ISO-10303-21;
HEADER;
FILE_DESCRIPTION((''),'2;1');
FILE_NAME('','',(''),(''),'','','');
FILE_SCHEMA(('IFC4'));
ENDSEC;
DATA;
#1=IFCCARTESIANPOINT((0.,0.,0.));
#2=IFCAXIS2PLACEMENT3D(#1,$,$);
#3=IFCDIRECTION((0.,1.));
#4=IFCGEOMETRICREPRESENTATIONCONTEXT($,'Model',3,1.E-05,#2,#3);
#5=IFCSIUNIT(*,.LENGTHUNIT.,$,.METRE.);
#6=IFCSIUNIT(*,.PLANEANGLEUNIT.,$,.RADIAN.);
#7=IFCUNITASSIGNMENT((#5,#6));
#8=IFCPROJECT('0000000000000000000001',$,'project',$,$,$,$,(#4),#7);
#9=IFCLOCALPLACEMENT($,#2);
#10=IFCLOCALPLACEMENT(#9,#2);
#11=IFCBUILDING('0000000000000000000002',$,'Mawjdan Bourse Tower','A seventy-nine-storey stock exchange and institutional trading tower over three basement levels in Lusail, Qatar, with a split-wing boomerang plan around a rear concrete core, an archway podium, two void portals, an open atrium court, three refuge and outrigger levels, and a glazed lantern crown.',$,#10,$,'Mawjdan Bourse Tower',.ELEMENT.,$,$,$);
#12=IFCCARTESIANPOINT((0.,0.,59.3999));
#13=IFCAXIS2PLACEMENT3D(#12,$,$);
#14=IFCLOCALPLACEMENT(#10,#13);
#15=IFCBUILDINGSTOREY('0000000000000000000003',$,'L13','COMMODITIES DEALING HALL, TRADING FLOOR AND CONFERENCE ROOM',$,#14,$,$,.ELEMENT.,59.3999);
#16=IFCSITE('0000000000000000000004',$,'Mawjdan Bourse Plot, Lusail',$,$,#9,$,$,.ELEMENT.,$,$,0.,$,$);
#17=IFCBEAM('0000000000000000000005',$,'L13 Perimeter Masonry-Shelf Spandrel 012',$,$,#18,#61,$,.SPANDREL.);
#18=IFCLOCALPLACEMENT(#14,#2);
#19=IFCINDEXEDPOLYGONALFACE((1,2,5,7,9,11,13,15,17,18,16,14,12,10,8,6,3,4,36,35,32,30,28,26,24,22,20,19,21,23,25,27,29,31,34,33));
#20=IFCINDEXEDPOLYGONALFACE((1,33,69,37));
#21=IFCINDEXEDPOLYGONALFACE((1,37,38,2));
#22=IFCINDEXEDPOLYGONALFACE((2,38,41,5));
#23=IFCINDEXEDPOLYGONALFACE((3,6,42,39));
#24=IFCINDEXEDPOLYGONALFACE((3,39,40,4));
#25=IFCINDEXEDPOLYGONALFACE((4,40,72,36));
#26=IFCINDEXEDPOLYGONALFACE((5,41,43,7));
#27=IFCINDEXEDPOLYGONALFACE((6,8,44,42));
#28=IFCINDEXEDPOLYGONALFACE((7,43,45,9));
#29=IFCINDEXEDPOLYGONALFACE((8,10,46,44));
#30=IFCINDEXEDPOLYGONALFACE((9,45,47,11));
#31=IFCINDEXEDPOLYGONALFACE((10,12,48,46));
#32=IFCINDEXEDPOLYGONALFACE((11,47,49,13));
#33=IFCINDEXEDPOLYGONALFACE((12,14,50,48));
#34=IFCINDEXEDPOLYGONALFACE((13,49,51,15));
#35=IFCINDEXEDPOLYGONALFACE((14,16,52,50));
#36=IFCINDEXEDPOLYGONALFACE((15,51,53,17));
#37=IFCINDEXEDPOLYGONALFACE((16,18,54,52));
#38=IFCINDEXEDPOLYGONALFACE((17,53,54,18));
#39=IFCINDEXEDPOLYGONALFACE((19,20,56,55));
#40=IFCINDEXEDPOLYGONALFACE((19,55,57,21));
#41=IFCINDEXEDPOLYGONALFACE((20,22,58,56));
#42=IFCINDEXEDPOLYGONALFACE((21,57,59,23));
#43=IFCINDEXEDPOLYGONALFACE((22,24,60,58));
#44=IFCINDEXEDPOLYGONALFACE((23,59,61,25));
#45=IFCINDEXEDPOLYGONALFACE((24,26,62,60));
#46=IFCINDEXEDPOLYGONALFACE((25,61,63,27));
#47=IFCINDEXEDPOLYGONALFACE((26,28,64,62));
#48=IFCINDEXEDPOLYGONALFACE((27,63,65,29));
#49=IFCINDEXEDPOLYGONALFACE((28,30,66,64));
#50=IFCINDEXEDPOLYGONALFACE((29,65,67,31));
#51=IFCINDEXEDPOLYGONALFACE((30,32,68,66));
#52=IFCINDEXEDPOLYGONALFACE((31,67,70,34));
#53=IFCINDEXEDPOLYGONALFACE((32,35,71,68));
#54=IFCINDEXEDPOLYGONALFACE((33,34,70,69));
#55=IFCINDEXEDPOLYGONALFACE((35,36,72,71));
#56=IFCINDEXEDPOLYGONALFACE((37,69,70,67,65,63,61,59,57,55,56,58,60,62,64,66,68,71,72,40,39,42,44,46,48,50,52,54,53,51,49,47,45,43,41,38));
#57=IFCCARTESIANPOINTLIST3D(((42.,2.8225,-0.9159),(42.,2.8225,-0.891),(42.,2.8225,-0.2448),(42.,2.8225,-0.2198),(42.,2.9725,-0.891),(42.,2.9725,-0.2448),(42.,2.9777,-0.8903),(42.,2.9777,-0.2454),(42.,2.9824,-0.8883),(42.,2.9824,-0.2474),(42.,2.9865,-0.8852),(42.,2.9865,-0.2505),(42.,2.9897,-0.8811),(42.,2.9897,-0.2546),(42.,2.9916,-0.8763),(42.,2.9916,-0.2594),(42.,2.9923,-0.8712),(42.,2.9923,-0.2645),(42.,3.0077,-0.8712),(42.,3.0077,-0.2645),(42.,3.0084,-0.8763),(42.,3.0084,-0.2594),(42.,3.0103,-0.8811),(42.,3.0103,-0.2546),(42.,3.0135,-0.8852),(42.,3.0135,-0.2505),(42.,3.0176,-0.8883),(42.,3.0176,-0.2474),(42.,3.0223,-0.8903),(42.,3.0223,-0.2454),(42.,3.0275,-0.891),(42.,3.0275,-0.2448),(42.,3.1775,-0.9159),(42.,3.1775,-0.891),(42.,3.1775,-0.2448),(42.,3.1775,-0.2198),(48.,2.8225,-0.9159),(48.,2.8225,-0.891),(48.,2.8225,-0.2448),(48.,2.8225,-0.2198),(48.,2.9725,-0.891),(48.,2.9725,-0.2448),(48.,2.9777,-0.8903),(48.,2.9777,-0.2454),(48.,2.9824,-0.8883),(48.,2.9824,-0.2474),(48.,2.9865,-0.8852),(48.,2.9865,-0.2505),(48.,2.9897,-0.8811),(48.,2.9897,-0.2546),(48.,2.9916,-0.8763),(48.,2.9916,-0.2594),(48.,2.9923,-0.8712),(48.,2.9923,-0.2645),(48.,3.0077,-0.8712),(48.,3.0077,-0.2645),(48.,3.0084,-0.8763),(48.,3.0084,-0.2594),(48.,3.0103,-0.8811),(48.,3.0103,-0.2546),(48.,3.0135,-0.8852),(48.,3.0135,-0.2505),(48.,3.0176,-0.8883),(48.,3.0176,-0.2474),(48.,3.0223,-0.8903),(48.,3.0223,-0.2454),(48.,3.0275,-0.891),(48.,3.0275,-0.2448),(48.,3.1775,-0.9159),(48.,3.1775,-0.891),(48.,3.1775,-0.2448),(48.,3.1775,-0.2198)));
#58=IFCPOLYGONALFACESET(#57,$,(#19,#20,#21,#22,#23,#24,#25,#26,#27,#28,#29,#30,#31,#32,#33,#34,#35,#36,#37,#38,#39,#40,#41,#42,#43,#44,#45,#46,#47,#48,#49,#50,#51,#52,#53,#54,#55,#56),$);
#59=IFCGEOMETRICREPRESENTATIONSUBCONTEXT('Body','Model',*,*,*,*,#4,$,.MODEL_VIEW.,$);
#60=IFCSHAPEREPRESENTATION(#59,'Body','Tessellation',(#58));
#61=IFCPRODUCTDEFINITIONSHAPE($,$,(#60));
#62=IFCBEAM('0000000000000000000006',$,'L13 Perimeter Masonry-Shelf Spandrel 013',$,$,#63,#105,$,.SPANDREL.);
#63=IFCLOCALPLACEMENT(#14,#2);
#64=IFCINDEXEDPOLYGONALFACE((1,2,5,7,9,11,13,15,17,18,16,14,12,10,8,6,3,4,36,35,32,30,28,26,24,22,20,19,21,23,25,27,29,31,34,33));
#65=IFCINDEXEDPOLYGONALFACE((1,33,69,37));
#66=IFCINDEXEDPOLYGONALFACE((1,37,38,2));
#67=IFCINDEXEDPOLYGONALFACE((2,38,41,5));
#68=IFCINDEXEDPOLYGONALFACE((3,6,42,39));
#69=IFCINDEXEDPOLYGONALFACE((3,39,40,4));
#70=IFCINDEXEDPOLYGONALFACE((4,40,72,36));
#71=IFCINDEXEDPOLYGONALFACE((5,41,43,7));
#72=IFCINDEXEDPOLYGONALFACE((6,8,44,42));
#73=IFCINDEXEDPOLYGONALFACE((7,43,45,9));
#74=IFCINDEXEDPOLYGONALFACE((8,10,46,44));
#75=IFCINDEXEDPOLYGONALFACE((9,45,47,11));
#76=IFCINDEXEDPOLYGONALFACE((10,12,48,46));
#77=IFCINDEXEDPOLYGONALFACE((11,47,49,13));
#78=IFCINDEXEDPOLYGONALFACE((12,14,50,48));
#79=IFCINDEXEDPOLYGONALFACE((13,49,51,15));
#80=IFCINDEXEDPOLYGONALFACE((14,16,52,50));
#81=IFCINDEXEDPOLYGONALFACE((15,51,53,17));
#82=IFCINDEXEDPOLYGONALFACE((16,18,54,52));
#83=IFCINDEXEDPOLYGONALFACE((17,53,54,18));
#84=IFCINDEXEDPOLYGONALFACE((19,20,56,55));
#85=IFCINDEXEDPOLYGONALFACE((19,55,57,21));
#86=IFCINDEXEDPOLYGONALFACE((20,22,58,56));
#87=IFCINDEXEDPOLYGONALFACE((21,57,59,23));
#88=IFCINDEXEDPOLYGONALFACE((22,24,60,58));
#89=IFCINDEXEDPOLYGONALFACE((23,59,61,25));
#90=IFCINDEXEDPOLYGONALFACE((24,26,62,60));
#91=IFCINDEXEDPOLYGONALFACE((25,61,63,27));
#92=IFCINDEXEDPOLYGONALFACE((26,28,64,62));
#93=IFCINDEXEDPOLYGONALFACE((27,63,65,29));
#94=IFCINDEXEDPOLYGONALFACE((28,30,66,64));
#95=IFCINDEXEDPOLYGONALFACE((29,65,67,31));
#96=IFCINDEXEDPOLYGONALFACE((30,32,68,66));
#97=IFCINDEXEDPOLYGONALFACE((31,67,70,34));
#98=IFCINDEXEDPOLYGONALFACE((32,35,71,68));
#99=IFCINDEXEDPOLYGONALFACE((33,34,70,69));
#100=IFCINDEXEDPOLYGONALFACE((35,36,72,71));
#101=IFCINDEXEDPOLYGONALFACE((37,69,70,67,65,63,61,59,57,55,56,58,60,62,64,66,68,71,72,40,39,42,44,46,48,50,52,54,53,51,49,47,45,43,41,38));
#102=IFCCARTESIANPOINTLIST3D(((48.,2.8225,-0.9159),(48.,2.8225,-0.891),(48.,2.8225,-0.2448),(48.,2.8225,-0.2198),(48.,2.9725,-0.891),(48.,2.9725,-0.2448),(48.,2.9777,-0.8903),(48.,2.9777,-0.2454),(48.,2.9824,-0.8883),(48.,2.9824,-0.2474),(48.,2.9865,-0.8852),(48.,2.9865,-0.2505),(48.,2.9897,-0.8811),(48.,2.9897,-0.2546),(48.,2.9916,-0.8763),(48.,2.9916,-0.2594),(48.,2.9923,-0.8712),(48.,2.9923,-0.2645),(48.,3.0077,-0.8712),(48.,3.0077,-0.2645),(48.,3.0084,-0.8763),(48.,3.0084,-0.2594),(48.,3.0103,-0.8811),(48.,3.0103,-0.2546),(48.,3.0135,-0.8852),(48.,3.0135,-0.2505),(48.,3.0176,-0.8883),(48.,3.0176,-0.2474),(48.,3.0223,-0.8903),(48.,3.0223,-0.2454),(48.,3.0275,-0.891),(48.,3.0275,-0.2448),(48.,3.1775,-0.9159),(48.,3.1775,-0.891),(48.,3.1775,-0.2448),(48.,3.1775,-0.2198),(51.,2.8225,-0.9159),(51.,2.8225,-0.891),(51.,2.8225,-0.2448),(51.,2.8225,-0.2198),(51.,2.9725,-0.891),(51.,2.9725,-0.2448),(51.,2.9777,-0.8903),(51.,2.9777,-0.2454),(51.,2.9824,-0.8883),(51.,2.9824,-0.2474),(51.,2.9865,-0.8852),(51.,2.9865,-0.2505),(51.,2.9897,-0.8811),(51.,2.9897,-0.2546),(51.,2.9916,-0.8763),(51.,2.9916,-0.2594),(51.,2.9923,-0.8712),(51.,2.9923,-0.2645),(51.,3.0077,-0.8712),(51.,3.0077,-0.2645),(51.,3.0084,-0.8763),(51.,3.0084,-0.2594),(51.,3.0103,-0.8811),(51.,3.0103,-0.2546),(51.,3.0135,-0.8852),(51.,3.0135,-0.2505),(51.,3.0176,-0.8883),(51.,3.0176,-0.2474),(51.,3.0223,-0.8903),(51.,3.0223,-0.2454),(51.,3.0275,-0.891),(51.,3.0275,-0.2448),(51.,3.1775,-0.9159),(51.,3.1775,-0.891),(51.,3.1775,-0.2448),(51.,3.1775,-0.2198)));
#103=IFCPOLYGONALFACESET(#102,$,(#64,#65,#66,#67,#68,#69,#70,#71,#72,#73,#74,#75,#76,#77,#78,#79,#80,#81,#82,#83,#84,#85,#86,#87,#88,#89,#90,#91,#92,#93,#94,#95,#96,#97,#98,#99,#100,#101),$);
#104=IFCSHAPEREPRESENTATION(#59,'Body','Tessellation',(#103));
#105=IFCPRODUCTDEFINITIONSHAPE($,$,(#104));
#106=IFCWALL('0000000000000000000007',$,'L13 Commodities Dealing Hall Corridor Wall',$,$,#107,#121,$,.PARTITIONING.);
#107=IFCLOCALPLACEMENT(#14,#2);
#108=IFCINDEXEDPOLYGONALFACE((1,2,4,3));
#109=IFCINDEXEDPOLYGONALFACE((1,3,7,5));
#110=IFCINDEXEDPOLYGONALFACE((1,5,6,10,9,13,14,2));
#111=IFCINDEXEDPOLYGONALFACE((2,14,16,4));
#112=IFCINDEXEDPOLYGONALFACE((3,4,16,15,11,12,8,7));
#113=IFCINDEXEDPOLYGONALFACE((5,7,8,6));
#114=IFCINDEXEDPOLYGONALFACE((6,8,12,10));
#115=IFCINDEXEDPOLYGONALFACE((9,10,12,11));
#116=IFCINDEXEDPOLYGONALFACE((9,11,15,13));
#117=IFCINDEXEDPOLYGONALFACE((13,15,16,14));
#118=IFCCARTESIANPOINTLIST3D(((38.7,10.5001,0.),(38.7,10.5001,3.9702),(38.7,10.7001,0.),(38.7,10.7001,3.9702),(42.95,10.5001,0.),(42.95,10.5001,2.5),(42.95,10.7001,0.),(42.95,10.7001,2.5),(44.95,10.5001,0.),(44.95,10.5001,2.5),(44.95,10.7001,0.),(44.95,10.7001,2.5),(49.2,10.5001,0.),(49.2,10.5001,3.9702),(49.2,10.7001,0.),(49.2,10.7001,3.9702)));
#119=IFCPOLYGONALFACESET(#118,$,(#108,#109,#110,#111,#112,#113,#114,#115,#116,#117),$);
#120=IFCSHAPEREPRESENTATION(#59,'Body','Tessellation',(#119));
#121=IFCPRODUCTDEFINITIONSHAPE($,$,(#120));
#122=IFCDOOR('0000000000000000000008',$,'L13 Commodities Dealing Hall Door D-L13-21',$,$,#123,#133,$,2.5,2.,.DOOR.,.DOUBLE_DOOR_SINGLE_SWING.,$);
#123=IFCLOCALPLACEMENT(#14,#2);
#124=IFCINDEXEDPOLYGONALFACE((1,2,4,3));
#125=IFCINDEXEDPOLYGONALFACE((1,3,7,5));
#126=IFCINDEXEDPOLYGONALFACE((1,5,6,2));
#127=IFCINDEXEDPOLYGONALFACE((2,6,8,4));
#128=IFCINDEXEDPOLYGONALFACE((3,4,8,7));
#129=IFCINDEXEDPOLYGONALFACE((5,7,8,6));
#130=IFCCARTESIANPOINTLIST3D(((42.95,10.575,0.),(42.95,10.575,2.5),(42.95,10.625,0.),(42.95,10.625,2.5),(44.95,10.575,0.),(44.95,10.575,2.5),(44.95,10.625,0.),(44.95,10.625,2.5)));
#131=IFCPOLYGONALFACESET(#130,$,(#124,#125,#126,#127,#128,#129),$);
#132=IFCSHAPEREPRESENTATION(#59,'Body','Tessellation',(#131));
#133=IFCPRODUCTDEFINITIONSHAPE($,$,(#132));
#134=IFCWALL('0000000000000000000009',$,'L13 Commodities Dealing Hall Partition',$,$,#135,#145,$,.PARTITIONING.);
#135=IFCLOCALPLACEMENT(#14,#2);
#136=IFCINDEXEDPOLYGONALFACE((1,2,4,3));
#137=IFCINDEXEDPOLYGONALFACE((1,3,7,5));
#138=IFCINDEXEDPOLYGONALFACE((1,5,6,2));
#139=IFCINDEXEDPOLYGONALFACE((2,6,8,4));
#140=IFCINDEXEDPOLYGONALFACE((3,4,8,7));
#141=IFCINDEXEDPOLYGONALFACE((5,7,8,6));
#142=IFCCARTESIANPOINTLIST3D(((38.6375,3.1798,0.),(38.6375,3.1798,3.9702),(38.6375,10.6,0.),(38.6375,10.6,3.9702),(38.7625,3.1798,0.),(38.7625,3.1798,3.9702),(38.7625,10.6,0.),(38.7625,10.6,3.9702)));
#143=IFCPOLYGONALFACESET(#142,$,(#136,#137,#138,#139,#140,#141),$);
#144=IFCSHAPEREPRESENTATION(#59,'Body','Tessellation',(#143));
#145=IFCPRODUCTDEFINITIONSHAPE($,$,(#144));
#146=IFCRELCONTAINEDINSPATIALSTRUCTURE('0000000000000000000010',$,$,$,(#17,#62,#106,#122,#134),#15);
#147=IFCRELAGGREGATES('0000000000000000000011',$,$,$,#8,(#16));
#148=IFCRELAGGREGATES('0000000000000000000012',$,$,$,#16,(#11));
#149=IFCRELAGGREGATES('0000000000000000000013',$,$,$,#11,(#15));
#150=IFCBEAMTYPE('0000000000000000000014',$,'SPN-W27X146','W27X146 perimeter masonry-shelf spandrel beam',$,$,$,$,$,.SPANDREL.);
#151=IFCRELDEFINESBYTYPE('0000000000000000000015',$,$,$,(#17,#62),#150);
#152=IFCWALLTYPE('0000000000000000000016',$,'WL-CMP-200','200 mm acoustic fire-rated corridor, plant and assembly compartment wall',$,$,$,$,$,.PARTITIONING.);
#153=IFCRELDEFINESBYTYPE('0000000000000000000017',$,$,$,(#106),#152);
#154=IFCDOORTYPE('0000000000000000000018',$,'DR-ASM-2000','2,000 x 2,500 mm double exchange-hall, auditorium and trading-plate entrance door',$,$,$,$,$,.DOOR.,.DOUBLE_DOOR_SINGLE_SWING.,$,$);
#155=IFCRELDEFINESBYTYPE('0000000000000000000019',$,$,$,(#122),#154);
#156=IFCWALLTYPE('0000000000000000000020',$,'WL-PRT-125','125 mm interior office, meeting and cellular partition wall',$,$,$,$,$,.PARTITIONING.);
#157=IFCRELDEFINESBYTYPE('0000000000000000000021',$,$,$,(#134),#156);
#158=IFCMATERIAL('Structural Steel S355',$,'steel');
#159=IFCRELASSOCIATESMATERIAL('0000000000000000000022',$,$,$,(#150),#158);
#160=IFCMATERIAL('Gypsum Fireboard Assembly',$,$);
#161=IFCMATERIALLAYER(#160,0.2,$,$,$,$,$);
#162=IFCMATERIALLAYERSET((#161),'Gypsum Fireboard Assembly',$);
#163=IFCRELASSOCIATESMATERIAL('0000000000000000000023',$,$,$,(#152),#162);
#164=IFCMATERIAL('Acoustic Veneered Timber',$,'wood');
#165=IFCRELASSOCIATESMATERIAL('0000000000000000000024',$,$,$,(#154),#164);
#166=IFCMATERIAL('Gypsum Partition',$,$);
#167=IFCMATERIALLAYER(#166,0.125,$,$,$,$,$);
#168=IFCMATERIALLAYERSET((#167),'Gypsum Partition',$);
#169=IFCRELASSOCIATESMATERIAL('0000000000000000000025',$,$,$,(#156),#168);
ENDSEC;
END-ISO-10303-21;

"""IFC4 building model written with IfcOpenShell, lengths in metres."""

from ifc_helpers import new_model, si_unit, direction, frame, frame_2d, origin, origin_2d, place, context, subcontext, project, spatial, rectangle, i_section, extrude, material, layer, layer_set, material_profile, profile_set, type_object, element, fill, save


model = new_model("IFC4")

# Units and contexts
model_context = context("Model", 3, precision=1e-05, world=origin(), true_north=direction((0.0, 1.0)))
body_context = subcontext(model_context, "Body", "Model", "MODEL_VIEW")
ifc_project = project(units=[si_unit("LENGTHUNIT", "METRE"), si_unit("PLANEANGLEUNIT", "RADIAN")], contexts=[model_context])

# Site, building, storey
site_placement = place(None, origin())
site = spatial("IfcSite", under=ifc_project, at=site_placement, Name="Mawjdan Bourse Plot, Lusail", CompositionType="ELEMENT", RefElevation=0.0)
building_placement = place(site_placement, origin())
building = spatial("IfcBuilding", under=site, at=building_placement, Name="Mawjdan Bourse Tower", Description="A seventy-nine-storey stock exchange and institutional trading tower over three basement levels in Lusail, Qatar, with a split-wing boomerang plan around a rear concrete core, an archway podium, two void portals, an open atrium court, three refuge and outrigger levels, and a glazed lantern crown.", LongName="Mawjdan Bourse Tower", CompositionType="ELEMENT")
storey_placement = place(building_placement, frame((0.0, 0.0, 59.3999)))
storey = spatial("IfcBuildingStorey", under=building, at=storey_placement, Name="L13", Description="COMMODITIES DEALING HALL, TRADING FLOOR AND CONFERENCE ROOM", CompositionType="ELEMENT", Elevation=59.3999)

# Beams
ifc_material_1 = material(Name="Structural Steel S355", Category="steel")
ifc_material_profile_1 = material_profile(ifc_material_1, i_section(OverallWidth=0.355, OverallDepth=0.696, WebThickness=0.0154, FlangeThickness=0.0249, FilletRadius=0.0198, at=origin_2d()), Name="W27X146")
ifc_profile_set_1 = profile_set([ifc_material_profile_1], Name="Structural Steel S355")
beam_type_1 = type_object("IfcBeamType", Name="SPN-W27X146", Description="W27X146 perimeter masonry-shelf spandrel beam", PredefinedType="SPANDREL", material=ifc_profile_set_1)
beam_1_placement = place(storey_placement, frame((42.0, 3.0, -0.5679), z_axis=(1.0, 0.0, 0.0), x_axis=(0.0, 1.0, 0.0)))
element("IfcBeam", 1, at=beam_1_placement, inside=storey, type_object=beam_type_1, Name="L13 Perimeter Masonry-Shelf Spandrel 012", PredefinedType="SPANDREL", context=body_context, shape_type="SweptSolid", body=[
    extrude(i_section(OverallWidth=0.355, OverallDepth=0.696, WebThickness=0.0154, FlangeThickness=0.0249, FilletRadius=0.0198, at=origin_2d()), origin(), (0.0, 0.0, 1.0), 6.0),
])
beam_2_placement = place(storey_placement, frame((48.0, 3.0, -0.5679), z_axis=(1.0, 0.0, 0.0), x_axis=(0.0, 1.0, 0.0)))
element("IfcBeam", 2, at=beam_2_placement, inside=storey, type_object=beam_type_1, Name="L13 Perimeter Masonry-Shelf Spandrel 013", PredefinedType="SPANDREL", context=body_context, shape_type="SweptSolid", body=[
    extrude(i_section(OverallWidth=0.355, OverallDepth=0.696, WebThickness=0.0154, FlangeThickness=0.0249, FilletRadius=0.0198, at=origin_2d()), origin(), (0.0, 0.0, 1.0), 3.0),
])

# Wall, opening, door
ifc_material_2 = material(Name="Gypsum Fireboard Assembly")
ifc_layer_1 = layer(ifc_material_2, 0.2)
ifc_layer_set_1 = layer_set([ifc_layer_1], Name="Gypsum Fireboard Assembly")
wall_type_1 = type_object("IfcWallType", Name="WL-CMP-200", Description="200 mm acoustic fire-rated corridor, plant and assembly compartment wall", PredefinedType="PARTITIONING", material=ifc_layer_set_1)
wall_1_placement = place(storey_placement, frame((38.7, 10.6001, 0.0), z_axis=(0.0, 0.0, 1.0), x_axis=(1.0, 0.0, 0.0)))
wall_1 = element("IfcWall", 3, at=wall_1_placement, inside=storey, type_object=wall_type_1, Name="L13 Commodities Dealing Hall Corridor Wall", PredefinedType="PARTITIONING", context=body_context, shape_type="SweptSolid", body=[
    extrude(rectangle(XDim=10.5, YDim=0.2, at=frame_2d((5.25, 0.0))), origin(), (0.0, 0.0, 1.0), 3.9702),
])
opening_placement = place(wall_1_placement, frame((4.25, 0.0, 0.0)))
opening = element("IfcOpeningElement", 4, at=opening_placement, cuts=wall_1, PredefinedType="OPENING", context=body_context, shape_type="SweptSolid", body=[
    extrude(rectangle(XDim=2.0, YDim=2.5, at=frame_2d((1.0, 1.25))), frame((0.0, 0.1099, 0.0), z_axis=(0.0, -1.0, 0.0), x_axis=(1.0, 0.0, 0.0)), (0.0, 0.0, 1.0), 0.22),
])
ifc_material_3 = material(Name="Acoustic Veneered Timber", Category="wood")
door_type = type_object("IfcDoorType", Name="DR-ASM-2000", Description="2,000 x 2,500 mm double exchange-hall, auditorium and trading-plate entrance door", OperationType="DOUBLE_DOOR_SINGLE_SWING", PredefinedType="DOOR", material=ifc_material_3)
door_placement = place(opening_placement, origin())
door = element("IfcDoor", 5, at=door_placement, inside=storey, type_object=door_type, Name="L13 Commodities Dealing Hall Door D-L13-21", OperationType="DOUBLE_DOOR_SINGLE_SWING", OverallHeight=2.5, OverallWidth=2.0, PredefinedType="DOOR", context=body_context, shape_type="SweptSolid", body=[
    extrude(rectangle(XDim=2.0, YDim=2.5, at=frame_2d((1.0, 1.25))), frame((0.0, 0.0249, 0.0), z_axis=(0.0, -1.0, 0.0), x_axis=(1.0, 0.0, 0.0)), (0.0, 0.0, 1.0), 0.05),
])
fill(opening, door)

# Wall
ifc_material_4 = material(Name="Gypsum Partition")
ifc_layer_2 = layer(ifc_material_4, 0.125)
ifc_layer_set_2 = layer_set([ifc_layer_2], Name="Gypsum Partition")
wall_type_2 = type_object("IfcWallType", Name="WL-PRT-125", Description="125 mm interior office, meeting and cellular partition wall", PredefinedType="PARTITIONING", material=ifc_layer_set_2)
wall_2_placement = place(storey_placement, frame((38.7, 3.1799, 0.0), z_axis=(0.0, 0.0, 1.0), x_axis=(0.0, 1.0, 0.0)))
element("IfcWall", 6, at=wall_2_placement, inside=storey, type_object=wall_type_2, Name="L13 Commodities Dealing Hall Partition", PredefinedType="PARTITIONING", context=body_context, shape_type="SweptSolid", body=[
    extrude(rectangle(XDim=7.4202, YDim=0.125, at=frame_2d((3.71, 0.0))), origin(), (0.0, 0.0, 1.0), 3.9702),
])

save(model, "model.ifc")
